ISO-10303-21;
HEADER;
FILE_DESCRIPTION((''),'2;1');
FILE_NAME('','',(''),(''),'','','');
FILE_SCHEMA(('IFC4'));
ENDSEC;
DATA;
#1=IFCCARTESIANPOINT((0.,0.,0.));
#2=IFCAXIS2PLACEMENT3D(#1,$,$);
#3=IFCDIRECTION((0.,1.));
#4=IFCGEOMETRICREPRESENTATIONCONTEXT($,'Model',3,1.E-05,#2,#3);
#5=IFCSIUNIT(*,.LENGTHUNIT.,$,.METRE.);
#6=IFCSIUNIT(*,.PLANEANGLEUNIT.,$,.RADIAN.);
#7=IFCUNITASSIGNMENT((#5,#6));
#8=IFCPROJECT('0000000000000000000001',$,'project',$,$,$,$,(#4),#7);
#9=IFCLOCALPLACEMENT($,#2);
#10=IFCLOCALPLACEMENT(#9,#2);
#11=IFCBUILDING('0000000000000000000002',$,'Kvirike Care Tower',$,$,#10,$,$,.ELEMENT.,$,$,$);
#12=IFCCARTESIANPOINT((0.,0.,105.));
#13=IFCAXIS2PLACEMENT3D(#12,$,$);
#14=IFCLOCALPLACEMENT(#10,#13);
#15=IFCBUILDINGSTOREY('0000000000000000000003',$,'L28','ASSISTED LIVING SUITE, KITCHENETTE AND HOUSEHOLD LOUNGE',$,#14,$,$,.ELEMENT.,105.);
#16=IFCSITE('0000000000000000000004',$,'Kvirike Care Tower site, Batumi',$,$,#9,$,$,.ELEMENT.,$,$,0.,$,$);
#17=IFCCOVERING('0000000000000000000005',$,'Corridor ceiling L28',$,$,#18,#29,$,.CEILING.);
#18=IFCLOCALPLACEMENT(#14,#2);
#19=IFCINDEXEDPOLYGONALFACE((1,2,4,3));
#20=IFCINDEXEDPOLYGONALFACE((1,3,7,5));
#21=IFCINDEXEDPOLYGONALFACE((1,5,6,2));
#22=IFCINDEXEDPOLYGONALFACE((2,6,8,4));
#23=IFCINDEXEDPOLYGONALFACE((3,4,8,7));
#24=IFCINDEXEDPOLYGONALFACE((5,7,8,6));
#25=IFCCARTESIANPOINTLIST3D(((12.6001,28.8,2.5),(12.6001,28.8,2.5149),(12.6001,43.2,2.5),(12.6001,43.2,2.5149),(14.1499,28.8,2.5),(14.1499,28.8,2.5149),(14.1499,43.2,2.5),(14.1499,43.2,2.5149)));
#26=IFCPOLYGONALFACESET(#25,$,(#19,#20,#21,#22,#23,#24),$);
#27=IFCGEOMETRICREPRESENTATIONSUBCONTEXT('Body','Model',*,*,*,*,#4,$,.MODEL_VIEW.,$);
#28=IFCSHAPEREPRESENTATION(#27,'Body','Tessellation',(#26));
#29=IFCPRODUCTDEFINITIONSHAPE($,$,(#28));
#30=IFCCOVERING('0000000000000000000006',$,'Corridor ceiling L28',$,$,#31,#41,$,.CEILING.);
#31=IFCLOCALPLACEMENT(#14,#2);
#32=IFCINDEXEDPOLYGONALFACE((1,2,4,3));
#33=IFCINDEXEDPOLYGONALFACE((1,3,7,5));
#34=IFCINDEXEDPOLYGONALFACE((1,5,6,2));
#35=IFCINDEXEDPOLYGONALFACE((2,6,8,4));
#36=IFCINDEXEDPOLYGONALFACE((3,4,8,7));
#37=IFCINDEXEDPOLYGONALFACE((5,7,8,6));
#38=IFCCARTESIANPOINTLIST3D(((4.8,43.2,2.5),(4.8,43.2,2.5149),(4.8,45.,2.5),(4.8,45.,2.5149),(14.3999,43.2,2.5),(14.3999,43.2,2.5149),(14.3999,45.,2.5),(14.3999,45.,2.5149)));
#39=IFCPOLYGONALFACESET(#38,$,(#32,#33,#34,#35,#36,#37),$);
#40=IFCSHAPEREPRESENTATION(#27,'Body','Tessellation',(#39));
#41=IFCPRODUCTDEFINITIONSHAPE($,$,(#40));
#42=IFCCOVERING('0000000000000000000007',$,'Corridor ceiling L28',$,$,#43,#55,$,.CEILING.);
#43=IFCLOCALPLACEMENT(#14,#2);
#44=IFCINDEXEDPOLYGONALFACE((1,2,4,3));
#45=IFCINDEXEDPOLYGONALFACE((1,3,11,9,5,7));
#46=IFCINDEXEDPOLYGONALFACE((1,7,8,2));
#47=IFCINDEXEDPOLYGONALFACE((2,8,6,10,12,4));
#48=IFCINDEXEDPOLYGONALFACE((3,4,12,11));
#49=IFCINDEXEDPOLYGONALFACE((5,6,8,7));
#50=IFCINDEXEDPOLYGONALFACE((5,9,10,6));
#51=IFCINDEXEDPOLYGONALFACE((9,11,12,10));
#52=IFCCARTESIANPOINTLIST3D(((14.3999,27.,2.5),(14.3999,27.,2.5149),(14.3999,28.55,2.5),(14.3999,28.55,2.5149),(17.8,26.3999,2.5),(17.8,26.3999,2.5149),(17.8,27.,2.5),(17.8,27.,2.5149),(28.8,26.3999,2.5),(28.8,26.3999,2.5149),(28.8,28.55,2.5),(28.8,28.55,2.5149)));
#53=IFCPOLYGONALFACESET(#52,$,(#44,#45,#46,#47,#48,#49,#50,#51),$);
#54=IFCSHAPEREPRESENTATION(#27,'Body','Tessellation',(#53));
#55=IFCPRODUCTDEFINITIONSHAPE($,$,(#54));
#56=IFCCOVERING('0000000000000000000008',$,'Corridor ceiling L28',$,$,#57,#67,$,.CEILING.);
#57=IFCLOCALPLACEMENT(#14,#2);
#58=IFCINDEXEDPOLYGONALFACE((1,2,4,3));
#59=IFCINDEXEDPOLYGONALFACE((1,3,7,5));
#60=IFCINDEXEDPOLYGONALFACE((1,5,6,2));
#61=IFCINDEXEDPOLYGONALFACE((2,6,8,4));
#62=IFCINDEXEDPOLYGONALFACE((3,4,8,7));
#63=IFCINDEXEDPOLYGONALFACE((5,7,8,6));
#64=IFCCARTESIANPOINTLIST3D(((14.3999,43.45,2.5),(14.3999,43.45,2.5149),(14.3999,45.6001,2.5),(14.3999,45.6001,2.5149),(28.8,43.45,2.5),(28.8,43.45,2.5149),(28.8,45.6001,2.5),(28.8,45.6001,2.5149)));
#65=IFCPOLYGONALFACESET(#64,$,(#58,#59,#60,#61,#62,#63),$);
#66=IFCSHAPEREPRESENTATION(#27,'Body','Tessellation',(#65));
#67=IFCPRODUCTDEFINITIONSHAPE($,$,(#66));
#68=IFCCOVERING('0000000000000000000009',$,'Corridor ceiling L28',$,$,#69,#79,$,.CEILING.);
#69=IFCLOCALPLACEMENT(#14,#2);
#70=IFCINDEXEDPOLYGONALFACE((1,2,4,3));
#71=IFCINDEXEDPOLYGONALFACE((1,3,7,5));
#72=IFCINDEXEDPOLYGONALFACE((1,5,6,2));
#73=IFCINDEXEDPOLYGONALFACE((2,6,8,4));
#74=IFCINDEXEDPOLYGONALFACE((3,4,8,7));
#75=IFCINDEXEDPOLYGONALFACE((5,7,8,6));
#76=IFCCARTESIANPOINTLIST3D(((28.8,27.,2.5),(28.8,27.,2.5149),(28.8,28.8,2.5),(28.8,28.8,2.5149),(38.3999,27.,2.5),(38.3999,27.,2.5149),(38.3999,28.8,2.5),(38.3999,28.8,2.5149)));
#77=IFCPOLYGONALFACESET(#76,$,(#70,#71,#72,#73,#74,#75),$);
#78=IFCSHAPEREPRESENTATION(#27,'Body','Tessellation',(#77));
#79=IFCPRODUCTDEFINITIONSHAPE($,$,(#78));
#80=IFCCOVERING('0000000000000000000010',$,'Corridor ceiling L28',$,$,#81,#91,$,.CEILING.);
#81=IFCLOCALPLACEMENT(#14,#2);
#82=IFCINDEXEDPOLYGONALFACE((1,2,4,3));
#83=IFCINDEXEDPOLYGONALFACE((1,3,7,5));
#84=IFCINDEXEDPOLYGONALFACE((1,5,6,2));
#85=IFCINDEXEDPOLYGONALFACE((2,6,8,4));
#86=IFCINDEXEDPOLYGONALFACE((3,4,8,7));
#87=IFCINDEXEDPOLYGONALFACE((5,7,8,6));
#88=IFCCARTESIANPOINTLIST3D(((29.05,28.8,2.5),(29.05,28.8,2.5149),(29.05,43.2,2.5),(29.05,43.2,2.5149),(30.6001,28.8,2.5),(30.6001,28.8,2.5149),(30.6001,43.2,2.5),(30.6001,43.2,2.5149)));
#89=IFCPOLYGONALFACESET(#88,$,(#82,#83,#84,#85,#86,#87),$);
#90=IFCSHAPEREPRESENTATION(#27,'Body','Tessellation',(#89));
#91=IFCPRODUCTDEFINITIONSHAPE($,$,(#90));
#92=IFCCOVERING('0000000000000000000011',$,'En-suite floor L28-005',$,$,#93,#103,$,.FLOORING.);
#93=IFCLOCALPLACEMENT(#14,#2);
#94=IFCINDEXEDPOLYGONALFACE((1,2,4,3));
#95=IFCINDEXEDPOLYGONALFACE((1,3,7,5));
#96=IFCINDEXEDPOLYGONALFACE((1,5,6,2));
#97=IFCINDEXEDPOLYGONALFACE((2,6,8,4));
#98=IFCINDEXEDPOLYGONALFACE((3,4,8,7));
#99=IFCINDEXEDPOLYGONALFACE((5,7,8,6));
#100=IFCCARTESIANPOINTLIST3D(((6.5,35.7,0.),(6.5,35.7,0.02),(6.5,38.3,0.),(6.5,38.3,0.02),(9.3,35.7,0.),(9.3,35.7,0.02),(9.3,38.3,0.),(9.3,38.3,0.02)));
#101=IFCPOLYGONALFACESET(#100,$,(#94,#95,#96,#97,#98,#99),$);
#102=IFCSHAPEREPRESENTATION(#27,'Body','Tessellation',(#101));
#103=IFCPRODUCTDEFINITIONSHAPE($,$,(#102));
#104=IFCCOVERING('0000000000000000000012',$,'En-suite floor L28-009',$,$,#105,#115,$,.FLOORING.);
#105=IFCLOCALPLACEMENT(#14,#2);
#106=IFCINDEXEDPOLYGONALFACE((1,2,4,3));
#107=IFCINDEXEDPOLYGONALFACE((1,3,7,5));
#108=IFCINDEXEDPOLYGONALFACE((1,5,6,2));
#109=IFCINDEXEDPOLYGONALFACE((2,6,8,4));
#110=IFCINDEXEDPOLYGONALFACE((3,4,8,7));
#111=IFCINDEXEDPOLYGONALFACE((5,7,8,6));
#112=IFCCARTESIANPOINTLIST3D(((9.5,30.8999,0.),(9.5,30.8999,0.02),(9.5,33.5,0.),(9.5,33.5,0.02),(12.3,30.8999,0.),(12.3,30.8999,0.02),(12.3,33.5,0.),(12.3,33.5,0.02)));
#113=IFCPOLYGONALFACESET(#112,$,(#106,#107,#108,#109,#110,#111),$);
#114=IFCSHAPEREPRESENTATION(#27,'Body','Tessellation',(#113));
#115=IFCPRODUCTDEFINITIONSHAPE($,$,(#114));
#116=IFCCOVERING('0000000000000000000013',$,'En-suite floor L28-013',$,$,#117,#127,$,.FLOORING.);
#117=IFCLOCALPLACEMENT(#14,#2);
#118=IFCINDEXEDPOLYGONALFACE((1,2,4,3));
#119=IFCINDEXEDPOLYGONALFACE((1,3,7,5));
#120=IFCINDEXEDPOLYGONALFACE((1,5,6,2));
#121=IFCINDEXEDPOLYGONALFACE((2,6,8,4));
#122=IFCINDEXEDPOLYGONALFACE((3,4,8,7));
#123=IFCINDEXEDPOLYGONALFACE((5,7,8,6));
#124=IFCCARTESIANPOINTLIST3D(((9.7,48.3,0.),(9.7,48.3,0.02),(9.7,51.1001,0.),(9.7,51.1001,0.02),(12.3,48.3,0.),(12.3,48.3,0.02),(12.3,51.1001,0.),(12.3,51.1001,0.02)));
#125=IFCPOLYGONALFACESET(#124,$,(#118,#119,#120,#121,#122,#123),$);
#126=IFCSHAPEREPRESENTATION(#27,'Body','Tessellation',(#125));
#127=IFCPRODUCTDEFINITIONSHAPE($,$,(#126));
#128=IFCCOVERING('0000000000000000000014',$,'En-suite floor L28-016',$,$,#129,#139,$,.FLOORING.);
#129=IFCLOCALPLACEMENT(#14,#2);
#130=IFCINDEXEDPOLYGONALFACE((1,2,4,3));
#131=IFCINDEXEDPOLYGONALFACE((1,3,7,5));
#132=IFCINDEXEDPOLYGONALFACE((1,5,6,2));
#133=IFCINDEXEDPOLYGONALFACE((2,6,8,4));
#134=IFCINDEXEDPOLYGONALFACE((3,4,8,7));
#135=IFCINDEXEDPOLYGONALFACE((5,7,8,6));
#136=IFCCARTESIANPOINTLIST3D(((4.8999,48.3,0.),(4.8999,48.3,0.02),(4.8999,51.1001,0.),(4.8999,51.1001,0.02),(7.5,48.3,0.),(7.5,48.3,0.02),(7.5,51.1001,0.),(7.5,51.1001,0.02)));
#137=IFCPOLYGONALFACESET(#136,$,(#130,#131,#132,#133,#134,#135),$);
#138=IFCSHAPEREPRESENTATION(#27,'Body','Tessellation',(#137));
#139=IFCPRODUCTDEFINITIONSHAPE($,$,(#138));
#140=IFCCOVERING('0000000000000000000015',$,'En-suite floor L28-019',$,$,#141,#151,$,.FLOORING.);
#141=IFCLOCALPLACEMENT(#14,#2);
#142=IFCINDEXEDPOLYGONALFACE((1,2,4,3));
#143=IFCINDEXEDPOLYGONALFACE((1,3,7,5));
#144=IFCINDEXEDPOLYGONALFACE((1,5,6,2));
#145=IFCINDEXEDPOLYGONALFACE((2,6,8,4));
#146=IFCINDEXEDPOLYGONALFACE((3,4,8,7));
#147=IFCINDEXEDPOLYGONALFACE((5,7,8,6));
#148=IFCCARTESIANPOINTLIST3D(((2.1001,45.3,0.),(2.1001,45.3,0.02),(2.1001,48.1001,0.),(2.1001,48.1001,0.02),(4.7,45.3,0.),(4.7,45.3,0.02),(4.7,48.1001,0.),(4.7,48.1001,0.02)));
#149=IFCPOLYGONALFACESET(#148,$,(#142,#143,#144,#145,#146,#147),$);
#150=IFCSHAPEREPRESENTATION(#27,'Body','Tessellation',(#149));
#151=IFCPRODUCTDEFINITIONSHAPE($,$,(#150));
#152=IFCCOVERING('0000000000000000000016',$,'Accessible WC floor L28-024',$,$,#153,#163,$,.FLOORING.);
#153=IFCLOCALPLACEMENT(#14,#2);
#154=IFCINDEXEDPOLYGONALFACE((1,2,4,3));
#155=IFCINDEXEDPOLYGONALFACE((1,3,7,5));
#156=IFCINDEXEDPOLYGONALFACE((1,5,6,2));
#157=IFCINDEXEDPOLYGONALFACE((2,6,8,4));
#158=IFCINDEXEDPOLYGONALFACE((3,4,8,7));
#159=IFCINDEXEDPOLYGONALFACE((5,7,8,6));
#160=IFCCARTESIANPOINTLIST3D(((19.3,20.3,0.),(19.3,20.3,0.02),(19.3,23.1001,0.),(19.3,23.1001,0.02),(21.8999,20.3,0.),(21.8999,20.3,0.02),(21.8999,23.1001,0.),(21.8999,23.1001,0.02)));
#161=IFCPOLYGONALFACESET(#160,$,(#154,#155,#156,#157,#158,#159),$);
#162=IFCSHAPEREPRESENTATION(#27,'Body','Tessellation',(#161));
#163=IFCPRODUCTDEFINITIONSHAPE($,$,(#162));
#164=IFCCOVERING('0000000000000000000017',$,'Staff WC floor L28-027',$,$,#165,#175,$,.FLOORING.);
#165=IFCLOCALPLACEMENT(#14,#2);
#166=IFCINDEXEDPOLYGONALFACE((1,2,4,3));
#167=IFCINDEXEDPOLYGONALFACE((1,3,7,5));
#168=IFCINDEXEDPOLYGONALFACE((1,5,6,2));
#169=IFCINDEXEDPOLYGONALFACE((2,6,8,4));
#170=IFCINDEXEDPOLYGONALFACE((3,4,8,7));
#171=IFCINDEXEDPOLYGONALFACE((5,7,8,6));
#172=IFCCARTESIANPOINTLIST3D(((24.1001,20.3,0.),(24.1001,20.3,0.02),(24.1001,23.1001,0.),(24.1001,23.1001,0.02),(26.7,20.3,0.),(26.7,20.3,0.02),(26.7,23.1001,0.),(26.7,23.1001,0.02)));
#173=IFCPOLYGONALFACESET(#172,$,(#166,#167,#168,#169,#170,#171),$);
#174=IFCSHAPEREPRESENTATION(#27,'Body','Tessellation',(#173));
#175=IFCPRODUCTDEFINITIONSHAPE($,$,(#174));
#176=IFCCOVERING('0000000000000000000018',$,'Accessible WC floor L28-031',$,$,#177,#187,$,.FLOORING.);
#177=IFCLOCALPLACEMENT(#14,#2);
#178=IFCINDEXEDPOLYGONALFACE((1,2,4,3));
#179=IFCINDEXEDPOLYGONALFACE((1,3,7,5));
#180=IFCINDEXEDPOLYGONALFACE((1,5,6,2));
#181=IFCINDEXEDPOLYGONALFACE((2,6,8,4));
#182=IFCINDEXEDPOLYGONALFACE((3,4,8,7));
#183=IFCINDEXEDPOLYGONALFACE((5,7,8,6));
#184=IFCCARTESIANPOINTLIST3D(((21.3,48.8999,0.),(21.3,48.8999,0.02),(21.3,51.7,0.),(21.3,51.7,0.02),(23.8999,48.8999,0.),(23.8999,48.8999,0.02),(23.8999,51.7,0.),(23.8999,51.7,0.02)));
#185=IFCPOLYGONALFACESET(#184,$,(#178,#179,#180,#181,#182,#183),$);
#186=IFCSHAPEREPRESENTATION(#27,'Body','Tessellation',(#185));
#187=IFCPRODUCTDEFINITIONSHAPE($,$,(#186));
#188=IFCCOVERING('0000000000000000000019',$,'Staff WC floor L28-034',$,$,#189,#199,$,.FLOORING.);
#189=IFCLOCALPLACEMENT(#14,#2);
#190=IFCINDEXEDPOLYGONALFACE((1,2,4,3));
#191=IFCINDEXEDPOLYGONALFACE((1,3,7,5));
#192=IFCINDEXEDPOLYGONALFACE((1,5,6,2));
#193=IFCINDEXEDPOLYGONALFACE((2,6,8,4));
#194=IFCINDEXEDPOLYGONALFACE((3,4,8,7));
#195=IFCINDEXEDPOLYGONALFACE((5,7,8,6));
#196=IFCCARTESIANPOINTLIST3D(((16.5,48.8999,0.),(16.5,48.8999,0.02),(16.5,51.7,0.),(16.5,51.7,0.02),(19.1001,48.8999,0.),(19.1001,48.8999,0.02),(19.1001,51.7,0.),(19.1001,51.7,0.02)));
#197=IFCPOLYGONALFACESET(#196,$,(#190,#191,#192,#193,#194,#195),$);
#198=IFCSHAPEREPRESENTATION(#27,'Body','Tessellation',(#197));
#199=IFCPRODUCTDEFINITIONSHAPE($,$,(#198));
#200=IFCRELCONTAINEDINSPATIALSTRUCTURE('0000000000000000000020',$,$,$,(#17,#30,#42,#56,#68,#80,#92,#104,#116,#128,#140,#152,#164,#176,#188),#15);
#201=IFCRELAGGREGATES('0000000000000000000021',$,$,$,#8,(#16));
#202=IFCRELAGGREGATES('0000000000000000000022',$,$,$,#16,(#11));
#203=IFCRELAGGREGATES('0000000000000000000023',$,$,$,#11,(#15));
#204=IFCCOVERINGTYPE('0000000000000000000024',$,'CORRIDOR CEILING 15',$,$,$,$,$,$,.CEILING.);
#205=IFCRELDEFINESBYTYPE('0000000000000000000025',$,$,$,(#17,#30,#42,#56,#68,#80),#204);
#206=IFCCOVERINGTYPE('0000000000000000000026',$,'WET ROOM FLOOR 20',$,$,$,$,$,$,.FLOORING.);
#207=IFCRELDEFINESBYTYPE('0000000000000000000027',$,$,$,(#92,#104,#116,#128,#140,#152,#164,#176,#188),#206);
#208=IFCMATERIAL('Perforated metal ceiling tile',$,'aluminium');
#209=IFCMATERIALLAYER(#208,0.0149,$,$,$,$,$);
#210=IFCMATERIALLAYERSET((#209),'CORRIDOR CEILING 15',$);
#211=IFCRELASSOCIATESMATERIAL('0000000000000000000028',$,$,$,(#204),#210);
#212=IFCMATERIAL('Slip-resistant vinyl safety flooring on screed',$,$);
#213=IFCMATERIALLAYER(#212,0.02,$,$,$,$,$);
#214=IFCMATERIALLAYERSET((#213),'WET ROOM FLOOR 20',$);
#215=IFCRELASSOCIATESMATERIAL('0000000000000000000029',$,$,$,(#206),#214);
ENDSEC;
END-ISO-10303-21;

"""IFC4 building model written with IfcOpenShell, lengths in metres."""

from ifc_helpers import new_model, si_unit, direction, frame, origin, place, context, subcontext, project, spatial, polyline, outline, extrude, material, layer, layer_set, type_object, element, save


model = new_model("IFC4")

# Units and contexts
model_context = context("Model", 3, precision=1e-05, world=origin(), true_north=direction((0.0, 1.0)))
body_context = subcontext(model_context, "Body", "Model", "MODEL_VIEW")
ifc_project = project(units=[si_unit("LENGTHUNIT", "METRE"), si_unit("PLANEANGLEUNIT", "RADIAN")], contexts=[model_context])

# Site, building, storey
site_placement = place(None, origin())
site = spatial("IfcSite", under=ifc_project, at=site_placement, Name="Kvirike Care Tower site, Batumi", CompositionType="ELEMENT", RefElevation=0.0)
building_placement = place(site_placement, origin())
building = spatial("IfcBuilding", under=site, at=building_placement, Name="Kvirike Care Tower", CompositionType="ELEMENT")
storey_placement = place(building_placement, frame((0.0, 0.0, 105.0)))
storey = spatial("IfcBuildingStorey", under=building, at=storey_placement, Name="L28", Description="ASSISTED LIVING SUITE, KITCHENETTE AND HOUSEHOLD LOUNGE", CompositionType="ELEMENT", Elevation=105.0)

# Coverings
ifc_material_1 = material(Name="Perforated metal ceiling tile", Category="aluminium")
ifc_layer_1 = layer(ifc_material_1, 0.0149)
ifc_layer_set_1 = layer_set([ifc_layer_1], Name="CORRIDOR CEILING 15")
covering_type_1 = type_object("IfcCoveringType", Name="CORRIDOR CEILING 15", PredefinedType="CEILING", material=ifc_layer_set_1)
covering_1_placement = place(storey_placement, frame((0.0, 0.0, 2.5)))
element("IfcCovering", 1, at=covering_1_placement, inside=storey, type_object=covering_type_1, Name="Corridor ceiling L28", PredefinedType="CEILING", context=body_context, shape_type="SweptSolid", body=[
    extrude(outline(polyline([(12.6001, 43.2), (14.1499, 43.2), (14.1499, 28.8), (12.6001, 28.8), (12.6001, 43.2)])), origin(), (0.0, 0.0, 1.0), 0.0149),
])
covering_2_placement = place(storey_placement, frame((0.0, 0.0, 2.5)))
element("IfcCovering", 2, at=covering_2_placement, inside=storey, type_object=covering_type_1, Name="Corridor ceiling L28", PredefinedType="CEILING", context=body_context, shape_type="SweptSolid", body=[
    extrude(outline(polyline([(14.3999, 45.0), (14.3999, 43.2), (4.8, 43.2), (4.8, 45.0), (14.3999, 45.0)])), origin(), (0.0, 0.0, 1.0), 0.0149),
])
covering_3_placement = place(storey_placement, frame((0.0, 0.0, 2.5)))
element("IfcCovering", 3, at=covering_3_placement, inside=storey, type_object=covering_type_1, Name="Corridor ceiling L28", PredefinedType="CEILING", context=body_context, shape_type="SweptSolid", body=[
    extrude(outline(polyline([(14.3999, 28.55), (28.8, 28.55), (28.8, 26.3999), (17.8, 26.3999), (17.8, 27.0), (14.3999, 27.0), (14.3999, 28.55)])), origin(), (0.0, 0.0, 1.0), 0.0149),
])
covering_4_placement = place(storey_placement, frame((0.0, 0.0, 2.5)))
element("IfcCovering", 4, at=covering_4_placement, inside=storey, type_object=covering_type_1, Name="Corridor ceiling L28", PredefinedType="CEILING", context=body_context, shape_type="SweptSolid", body=[
    extrude(outline(polyline([(28.8, 45.6001), (28.8, 43.45), (14.3999, 43.45), (14.3999, 45.6001), (28.8, 45.6001)])), origin(), (0.0, 0.0, 1.0), 0.0149),
])
covering_5_placement = place(storey_placement, frame((0.0, 0.0, 2.5)))
element("IfcCovering", 5, at=covering_5_placement, inside=storey, type_object=covering_type_1, Name="Corridor ceiling L28", PredefinedType="CEILING", context=body_context, shape_type="SweptSolid", body=[
    extrude(outline(polyline([(28.8, 27.0), (28.8, 28.8), (38.3999, 28.8), (38.3999, 27.0), (28.8, 27.0)])), origin(), (0.0, 0.0, 1.0), 0.0149),
])
covering_6_placement = place(storey_placement, frame((0.0, 0.0, 2.5)))
element("IfcCovering", 6, at=covering_6_placement, inside=storey, type_object=covering_type_1, Name="Corridor ceiling L28", PredefinedType="CEILING", context=body_context, shape_type="SweptSolid", body=[
    extrude(outline(polyline([(30.6001, 28.8), (29.05, 28.8), (29.05, 43.2), (30.6001, 43.2), (30.6001, 28.8)])), origin(), (0.0, 0.0, 1.0), 0.0149),
])
ifc_material_2 = material(Name="Slip-resistant vinyl safety flooring on screed")
ifc_layer_2 = layer(ifc_material_2, 0.02)
ifc_layer_set_2 = layer_set([ifc_layer_2], Name="WET ROOM FLOOR 20")
covering_type_2 = type_object("IfcCoveringType", Name="WET ROOM FLOOR 20", PredefinedType="FLOORING", material=ifc_layer_set_2)
covering_7_placement = place(storey_placement, origin())
element("IfcCovering", 7, at=covering_7_placement, inside=storey, type_object=covering_type_2, Name="En-suite floor L28-005", PredefinedType="FLOORING", context=body_context, shape_type="SweptSolid", body=[
    extrude(outline(polyline([(6.5, 38.3), (9.3, 38.3), (9.3, 35.7), (6.5, 35.7), (6.5, 38.3)])), origin(), (0.0, 0.0, 1.0), 0.02),
])
covering_8_placement = place(storey_placement, origin())
element("IfcCovering", 8, at=covering_8_placement, inside=storey, type_object=covering_type_2, Name="En-suite floor L28-009", PredefinedType="FLOORING", context=body_context, shape_type="SweptSolid", body=[
    extrude(outline(polyline([(9.5, 33.5), (12.3, 33.5), (12.3, 30.8999), (9.5, 30.8999), (9.5, 33.5)])), origin(), (0.0, 0.0, 1.0), 0.02),
])
covering_9_placement = place(storey_placement, origin())
element("IfcCovering", 9, at=covering_9_placement, inside=storey, type_object=covering_type_2, Name="En-suite floor L28-013", PredefinedType="FLOORING", context=body_context, shape_type="SweptSolid", body=[
    extrude(outline(polyline([(12.3, 51.1001), (12.3, 48.3), (9.7, 48.3), (9.7, 51.1001), (12.3, 51.1001)])), origin(), (0.0, 0.0, 1.0), 0.02),
])
covering_10_placement = place(storey_placement, origin())
element("IfcCovering", 10, at=covering_10_placement, inside=storey, type_object=covering_type_2, Name="En-suite floor L28-016", PredefinedType="FLOORING", context=body_context, shape_type="SweptSolid", body=[
    extrude(outline(polyline([(7.5, 51.1001), (7.5, 48.3), (4.8999, 48.3), (4.8999, 51.1001), (7.5, 51.1001)])), origin(), (0.0, 0.0, 1.0), 0.02),
])
covering_11_placement = place(storey_placement, origin())
element("IfcCovering", 11, at=covering_11_placement, inside=storey, type_object=covering_type_2, Name="En-suite floor L28-019", PredefinedType="FLOORING", context=body_context, shape_type="SweptSolid", body=[
    extrude(outline(polyline([(4.7, 48.1001), (4.7, 45.3), (2.1001, 45.3), (2.1001, 48.1001), (4.7, 48.1001)])), origin(), (0.0, 0.0, 1.0), 0.02),
])
covering_12_placement = place(storey_placement, origin())
element("IfcCovering", 12, at=covering_12_placement, inside=storey, type_object=covering_type_2, Name="Accessible WC floor L28-024", PredefinedType="FLOORING", context=body_context, shape_type="SweptSolid", body=[
    extrude(outline(polyline([(19.3, 20.3), (19.3, 23.1001), (21.8999, 23.1001), (21.8999, 20.3), (19.3, 20.3)])), origin(), (0.0, 0.0, 1.0), 0.02),
])
covering_13_placement = place(storey_placement, origin())
element("IfcCovering", 13, at=covering_13_placement, inside=storey, type_object=covering_type_2, Name="Staff WC floor L28-027", PredefinedType="FLOORING", context=body_context, shape_type="SweptSolid", body=[
    extrude(outline(polyline([(24.1001, 20.3), (24.1001, 23.1001), (26.7, 23.1001), (26.7, 20.3), (24.1001, 20.3)])), origin(), (0.0, 0.0, 1.0), 0.02),
])
covering_14_placement = place(storey_placement, origin())
element("IfcCovering", 14, at=covering_14_placement, inside=storey, type_object=covering_type_2, Name="Accessible WC floor L28-031", PredefinedType="FLOORING", context=body_context, shape_type="SweptSolid", body=[
    extrude(outline(polyline([(23.8999, 51.7), (23.8999, 48.8999), (21.3, 48.8999), (21.3, 51.7), (23.8999, 51.7)])), origin(), (0.0, 0.0, 1.0), 0.02),
])
covering_15_placement = place(storey_placement, origin())
element("IfcCovering", 15, at=covering_15_placement, inside=storey, type_object=covering_type_2, Name="Staff WC floor L28-034", PredefinedType="FLOORING", context=body_context, shape_type="SweptSolid", body=[
    extrude(outline(polyline([(19.1001, 51.7), (19.1001, 48.8999), (16.5, 48.8999), (16.5, 51.7), (19.1001, 51.7)])), origin(), (0.0, 0.0, 1.0), 0.02),
])

save(model, "model.ifc")
